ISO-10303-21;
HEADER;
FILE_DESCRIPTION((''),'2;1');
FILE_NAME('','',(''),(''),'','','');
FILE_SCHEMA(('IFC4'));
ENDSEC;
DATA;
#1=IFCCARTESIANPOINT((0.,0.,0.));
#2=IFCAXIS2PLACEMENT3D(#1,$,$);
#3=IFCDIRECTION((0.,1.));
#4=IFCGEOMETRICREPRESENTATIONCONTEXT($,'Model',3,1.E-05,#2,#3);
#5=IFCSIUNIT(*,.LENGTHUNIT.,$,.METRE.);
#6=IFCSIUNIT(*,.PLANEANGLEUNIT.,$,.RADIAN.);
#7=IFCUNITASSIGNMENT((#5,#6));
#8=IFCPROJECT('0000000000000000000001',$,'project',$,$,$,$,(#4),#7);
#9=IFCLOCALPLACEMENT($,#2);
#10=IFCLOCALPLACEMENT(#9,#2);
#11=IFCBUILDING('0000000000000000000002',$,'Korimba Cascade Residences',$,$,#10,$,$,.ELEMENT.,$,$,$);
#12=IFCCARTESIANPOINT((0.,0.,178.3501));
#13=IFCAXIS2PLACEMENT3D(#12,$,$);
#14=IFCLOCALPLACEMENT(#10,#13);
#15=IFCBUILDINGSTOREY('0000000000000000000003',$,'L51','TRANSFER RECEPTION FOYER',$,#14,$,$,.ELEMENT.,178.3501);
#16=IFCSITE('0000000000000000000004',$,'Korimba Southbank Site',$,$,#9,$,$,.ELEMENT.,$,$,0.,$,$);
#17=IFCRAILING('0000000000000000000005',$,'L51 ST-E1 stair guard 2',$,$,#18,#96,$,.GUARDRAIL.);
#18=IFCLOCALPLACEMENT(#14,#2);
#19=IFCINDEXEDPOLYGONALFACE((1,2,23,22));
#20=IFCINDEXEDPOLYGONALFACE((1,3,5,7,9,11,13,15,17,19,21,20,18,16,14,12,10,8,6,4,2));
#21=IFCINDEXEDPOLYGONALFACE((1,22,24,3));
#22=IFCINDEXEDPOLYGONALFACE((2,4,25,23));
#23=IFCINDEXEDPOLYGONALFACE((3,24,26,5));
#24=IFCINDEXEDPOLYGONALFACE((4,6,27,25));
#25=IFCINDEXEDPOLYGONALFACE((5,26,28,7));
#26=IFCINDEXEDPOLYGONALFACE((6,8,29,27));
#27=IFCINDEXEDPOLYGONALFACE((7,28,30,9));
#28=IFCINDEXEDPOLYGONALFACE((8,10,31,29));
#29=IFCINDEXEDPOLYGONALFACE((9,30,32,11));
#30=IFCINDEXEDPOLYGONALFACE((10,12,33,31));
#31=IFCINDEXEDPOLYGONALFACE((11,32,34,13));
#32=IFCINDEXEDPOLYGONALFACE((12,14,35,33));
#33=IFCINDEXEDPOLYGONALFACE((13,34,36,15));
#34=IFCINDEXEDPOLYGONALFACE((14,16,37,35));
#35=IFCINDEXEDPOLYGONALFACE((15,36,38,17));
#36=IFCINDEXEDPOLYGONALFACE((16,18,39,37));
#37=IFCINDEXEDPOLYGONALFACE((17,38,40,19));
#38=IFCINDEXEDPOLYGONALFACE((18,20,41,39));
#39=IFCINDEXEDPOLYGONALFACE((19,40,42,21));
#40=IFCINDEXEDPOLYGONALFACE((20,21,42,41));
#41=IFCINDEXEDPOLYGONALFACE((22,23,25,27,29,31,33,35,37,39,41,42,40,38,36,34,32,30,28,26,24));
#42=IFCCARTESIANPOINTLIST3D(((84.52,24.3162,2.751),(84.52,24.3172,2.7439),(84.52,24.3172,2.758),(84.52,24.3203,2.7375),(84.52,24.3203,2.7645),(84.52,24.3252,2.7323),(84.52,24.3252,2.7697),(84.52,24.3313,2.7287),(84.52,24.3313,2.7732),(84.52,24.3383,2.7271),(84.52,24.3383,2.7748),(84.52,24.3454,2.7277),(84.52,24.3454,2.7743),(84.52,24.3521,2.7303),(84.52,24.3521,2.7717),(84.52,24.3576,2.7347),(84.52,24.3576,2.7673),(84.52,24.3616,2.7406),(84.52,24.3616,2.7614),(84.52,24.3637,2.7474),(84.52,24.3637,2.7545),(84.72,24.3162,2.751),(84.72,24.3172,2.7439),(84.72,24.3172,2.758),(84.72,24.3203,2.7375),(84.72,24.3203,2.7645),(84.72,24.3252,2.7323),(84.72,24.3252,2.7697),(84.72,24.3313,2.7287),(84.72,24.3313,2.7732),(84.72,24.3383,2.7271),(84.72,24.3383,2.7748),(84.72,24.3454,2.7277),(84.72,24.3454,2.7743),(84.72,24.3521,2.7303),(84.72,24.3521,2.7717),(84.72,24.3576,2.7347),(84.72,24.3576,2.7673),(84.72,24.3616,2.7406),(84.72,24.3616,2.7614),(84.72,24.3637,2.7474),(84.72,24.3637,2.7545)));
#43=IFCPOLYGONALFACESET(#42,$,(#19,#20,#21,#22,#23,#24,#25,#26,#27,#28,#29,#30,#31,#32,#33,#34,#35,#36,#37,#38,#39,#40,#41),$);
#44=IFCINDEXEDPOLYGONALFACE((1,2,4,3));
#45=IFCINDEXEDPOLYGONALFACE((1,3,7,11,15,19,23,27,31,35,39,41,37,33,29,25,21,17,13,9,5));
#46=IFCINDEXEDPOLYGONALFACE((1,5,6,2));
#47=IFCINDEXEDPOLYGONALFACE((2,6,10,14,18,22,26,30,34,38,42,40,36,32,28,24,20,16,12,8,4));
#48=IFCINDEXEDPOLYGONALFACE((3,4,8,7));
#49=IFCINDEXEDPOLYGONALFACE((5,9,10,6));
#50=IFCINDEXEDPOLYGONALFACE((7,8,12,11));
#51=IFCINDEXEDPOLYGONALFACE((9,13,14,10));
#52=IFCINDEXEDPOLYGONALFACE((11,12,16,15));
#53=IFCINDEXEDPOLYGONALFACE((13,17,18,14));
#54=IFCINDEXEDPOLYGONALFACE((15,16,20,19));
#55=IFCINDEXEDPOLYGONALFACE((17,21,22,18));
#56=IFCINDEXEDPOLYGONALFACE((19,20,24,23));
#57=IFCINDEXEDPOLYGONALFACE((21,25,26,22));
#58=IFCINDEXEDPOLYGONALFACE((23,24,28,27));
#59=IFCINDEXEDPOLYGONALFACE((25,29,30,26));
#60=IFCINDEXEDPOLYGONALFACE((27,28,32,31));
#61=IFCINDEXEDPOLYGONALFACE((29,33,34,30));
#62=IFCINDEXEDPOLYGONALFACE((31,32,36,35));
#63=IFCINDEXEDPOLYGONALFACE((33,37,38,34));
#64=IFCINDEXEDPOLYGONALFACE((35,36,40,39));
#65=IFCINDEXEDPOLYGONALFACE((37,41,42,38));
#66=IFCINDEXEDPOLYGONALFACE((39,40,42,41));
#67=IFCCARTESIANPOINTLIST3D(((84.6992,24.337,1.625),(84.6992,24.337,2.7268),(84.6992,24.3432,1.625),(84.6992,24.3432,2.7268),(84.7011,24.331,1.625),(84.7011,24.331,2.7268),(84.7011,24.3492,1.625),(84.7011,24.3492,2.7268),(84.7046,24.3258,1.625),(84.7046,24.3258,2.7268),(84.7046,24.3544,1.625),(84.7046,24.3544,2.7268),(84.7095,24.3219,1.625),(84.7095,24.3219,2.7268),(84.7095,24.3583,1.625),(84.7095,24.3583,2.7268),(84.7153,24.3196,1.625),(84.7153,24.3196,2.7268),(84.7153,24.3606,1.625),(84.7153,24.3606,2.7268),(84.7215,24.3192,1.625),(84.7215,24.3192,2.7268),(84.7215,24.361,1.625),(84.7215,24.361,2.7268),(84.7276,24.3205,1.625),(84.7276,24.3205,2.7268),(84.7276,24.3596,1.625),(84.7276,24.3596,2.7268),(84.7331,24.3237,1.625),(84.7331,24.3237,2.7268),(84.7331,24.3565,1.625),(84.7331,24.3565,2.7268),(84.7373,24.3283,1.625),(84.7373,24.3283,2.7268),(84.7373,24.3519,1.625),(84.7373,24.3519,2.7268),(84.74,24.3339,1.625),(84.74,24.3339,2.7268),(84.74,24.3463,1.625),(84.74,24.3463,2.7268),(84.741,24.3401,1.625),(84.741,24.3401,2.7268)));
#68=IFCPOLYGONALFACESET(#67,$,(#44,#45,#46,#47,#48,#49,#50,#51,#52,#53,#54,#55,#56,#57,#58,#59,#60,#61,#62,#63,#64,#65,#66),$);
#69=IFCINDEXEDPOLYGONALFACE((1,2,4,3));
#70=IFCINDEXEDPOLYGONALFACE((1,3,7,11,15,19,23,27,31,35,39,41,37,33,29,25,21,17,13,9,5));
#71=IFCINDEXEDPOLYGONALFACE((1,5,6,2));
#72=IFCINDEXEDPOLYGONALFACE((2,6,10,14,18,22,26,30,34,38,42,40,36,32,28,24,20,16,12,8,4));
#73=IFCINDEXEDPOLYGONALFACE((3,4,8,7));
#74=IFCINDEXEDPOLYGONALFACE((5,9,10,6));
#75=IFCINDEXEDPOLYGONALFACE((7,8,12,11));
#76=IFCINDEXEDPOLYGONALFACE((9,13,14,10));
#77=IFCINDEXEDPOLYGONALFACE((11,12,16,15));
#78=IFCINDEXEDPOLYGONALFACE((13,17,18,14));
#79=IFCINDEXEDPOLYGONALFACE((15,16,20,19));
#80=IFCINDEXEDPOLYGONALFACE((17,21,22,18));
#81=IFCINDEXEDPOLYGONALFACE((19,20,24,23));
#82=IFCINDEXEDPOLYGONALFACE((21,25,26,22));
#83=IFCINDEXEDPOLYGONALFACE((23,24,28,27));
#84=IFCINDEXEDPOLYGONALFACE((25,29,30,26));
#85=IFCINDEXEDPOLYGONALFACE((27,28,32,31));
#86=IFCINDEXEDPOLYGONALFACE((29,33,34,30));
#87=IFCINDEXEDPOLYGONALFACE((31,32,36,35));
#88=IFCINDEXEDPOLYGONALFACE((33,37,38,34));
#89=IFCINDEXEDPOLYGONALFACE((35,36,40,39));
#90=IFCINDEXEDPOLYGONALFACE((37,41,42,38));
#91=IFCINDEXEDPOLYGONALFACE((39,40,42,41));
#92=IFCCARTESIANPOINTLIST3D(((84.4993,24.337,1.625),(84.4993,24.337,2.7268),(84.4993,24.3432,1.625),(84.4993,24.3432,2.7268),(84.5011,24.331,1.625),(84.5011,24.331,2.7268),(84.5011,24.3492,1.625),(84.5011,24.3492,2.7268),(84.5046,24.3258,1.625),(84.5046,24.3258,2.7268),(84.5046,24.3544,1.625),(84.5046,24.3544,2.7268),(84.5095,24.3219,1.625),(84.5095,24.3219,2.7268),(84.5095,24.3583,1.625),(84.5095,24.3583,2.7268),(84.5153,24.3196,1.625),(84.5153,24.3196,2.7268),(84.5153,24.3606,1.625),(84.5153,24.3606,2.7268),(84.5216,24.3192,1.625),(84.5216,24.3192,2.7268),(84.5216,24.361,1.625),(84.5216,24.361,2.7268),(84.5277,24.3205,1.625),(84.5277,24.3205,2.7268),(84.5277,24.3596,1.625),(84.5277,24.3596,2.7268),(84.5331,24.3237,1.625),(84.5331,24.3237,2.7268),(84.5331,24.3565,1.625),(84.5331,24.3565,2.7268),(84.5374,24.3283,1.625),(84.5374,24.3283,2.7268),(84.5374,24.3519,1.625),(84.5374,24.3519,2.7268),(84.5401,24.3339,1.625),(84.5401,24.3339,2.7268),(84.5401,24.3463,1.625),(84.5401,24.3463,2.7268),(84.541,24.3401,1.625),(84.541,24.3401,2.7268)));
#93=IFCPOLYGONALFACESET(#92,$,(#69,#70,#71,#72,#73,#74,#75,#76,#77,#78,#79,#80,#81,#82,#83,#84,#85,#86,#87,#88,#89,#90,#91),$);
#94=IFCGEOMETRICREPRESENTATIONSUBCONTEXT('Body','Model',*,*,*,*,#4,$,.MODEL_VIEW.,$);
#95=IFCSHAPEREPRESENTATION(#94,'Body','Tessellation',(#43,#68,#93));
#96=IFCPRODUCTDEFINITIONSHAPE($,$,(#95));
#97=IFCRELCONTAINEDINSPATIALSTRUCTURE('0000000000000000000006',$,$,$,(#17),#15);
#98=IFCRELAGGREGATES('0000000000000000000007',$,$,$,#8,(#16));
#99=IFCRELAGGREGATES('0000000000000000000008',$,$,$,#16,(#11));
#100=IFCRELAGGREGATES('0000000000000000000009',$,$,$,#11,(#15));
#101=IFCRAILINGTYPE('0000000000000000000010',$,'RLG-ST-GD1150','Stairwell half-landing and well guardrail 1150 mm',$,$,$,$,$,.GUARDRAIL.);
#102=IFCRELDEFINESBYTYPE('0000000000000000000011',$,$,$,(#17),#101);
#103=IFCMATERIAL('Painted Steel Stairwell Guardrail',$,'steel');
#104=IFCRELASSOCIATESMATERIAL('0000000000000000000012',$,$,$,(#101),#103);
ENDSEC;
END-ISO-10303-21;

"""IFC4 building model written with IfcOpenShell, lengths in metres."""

from ifc_helpers import new_model, si_unit, direction, frame, origin, origin_2d, place, context, subcontext, project, spatial, circle, extrude, material, type_object, element, save


model = new_model("IFC4")

# Units and contexts
model_context = context("Model", 3, precision=1e-05, world=origin(), true_north=direction((0.0, 1.0)))
body_context = subcontext(model_context, "Body", "Model", "MODEL_VIEW")
ifc_project = project(units=[si_unit("LENGTHUNIT", "METRE"), si_unit("PLANEANGLEUNIT", "RADIAN")], contexts=[model_context])

# Site, building, storey
site_placement = place(None, origin())
site = spatial("IfcSite", under=ifc_project, at=site_placement, Name="Korimba Southbank Site", CompositionType="ELEMENT", RefElevation=0.0)
building_placement = place(site_placement, origin())
building = spatial("IfcBuilding", under=site, at=building_placement, Name="Korimba Cascade Residences", CompositionType="ELEMENT")
storey_placement = place(building_placement, frame((0.0, 0.0, 178.3501)))
storey = spatial("IfcBuildingStorey", under=building, at=storey_placement, Name="L51", Description="TRANSFER RECEPTION FOYER", CompositionType="ELEMENT", Elevation=178.3501)

# Railing
ifc_material_1 = material(Name="Painted Steel Stairwell Guardrail", Category="steel")
railing_type_1 = type_object("IfcRailingType", Name="RLG-ST-GD1150", Description="Stairwell half-landing and well guardrail 1150 mm", PredefinedType="GUARDRAIL", material=ifc_material_1)
railing_1_placement = place(storey_placement, frame((84.72, 24.3401, 1.625)))
element("IfcRailing", 1, at=railing_1_placement, inside=storey, type_object=railing_type_1, Name="L51 ST-E1 stair guard 2", PredefinedType="GUARDRAIL", context=body_context, shape_type="SweptSolid", body=[
    extrude(circle(Radius=0.0239, at=origin_2d()), frame((0.0, 0.0, 1.126), z_axis=(-1.0, 0.0, 0.0), x_axis=(0.0, -1.0, 0.0)), (0.0, 0.0, 1.0), 0.2),
    extrude(circle(Radius=0.021, at=origin_2d()), origin(), (0.0, 0.0, 1.0), 1.1018),
    extrude(circle(Radius=0.021, at=origin_2d()), frame((-0.2, 0.0, 0.0)), (0.0, 0.0, 1.0), 1.1018),
])

save(model, "model.ifc")
